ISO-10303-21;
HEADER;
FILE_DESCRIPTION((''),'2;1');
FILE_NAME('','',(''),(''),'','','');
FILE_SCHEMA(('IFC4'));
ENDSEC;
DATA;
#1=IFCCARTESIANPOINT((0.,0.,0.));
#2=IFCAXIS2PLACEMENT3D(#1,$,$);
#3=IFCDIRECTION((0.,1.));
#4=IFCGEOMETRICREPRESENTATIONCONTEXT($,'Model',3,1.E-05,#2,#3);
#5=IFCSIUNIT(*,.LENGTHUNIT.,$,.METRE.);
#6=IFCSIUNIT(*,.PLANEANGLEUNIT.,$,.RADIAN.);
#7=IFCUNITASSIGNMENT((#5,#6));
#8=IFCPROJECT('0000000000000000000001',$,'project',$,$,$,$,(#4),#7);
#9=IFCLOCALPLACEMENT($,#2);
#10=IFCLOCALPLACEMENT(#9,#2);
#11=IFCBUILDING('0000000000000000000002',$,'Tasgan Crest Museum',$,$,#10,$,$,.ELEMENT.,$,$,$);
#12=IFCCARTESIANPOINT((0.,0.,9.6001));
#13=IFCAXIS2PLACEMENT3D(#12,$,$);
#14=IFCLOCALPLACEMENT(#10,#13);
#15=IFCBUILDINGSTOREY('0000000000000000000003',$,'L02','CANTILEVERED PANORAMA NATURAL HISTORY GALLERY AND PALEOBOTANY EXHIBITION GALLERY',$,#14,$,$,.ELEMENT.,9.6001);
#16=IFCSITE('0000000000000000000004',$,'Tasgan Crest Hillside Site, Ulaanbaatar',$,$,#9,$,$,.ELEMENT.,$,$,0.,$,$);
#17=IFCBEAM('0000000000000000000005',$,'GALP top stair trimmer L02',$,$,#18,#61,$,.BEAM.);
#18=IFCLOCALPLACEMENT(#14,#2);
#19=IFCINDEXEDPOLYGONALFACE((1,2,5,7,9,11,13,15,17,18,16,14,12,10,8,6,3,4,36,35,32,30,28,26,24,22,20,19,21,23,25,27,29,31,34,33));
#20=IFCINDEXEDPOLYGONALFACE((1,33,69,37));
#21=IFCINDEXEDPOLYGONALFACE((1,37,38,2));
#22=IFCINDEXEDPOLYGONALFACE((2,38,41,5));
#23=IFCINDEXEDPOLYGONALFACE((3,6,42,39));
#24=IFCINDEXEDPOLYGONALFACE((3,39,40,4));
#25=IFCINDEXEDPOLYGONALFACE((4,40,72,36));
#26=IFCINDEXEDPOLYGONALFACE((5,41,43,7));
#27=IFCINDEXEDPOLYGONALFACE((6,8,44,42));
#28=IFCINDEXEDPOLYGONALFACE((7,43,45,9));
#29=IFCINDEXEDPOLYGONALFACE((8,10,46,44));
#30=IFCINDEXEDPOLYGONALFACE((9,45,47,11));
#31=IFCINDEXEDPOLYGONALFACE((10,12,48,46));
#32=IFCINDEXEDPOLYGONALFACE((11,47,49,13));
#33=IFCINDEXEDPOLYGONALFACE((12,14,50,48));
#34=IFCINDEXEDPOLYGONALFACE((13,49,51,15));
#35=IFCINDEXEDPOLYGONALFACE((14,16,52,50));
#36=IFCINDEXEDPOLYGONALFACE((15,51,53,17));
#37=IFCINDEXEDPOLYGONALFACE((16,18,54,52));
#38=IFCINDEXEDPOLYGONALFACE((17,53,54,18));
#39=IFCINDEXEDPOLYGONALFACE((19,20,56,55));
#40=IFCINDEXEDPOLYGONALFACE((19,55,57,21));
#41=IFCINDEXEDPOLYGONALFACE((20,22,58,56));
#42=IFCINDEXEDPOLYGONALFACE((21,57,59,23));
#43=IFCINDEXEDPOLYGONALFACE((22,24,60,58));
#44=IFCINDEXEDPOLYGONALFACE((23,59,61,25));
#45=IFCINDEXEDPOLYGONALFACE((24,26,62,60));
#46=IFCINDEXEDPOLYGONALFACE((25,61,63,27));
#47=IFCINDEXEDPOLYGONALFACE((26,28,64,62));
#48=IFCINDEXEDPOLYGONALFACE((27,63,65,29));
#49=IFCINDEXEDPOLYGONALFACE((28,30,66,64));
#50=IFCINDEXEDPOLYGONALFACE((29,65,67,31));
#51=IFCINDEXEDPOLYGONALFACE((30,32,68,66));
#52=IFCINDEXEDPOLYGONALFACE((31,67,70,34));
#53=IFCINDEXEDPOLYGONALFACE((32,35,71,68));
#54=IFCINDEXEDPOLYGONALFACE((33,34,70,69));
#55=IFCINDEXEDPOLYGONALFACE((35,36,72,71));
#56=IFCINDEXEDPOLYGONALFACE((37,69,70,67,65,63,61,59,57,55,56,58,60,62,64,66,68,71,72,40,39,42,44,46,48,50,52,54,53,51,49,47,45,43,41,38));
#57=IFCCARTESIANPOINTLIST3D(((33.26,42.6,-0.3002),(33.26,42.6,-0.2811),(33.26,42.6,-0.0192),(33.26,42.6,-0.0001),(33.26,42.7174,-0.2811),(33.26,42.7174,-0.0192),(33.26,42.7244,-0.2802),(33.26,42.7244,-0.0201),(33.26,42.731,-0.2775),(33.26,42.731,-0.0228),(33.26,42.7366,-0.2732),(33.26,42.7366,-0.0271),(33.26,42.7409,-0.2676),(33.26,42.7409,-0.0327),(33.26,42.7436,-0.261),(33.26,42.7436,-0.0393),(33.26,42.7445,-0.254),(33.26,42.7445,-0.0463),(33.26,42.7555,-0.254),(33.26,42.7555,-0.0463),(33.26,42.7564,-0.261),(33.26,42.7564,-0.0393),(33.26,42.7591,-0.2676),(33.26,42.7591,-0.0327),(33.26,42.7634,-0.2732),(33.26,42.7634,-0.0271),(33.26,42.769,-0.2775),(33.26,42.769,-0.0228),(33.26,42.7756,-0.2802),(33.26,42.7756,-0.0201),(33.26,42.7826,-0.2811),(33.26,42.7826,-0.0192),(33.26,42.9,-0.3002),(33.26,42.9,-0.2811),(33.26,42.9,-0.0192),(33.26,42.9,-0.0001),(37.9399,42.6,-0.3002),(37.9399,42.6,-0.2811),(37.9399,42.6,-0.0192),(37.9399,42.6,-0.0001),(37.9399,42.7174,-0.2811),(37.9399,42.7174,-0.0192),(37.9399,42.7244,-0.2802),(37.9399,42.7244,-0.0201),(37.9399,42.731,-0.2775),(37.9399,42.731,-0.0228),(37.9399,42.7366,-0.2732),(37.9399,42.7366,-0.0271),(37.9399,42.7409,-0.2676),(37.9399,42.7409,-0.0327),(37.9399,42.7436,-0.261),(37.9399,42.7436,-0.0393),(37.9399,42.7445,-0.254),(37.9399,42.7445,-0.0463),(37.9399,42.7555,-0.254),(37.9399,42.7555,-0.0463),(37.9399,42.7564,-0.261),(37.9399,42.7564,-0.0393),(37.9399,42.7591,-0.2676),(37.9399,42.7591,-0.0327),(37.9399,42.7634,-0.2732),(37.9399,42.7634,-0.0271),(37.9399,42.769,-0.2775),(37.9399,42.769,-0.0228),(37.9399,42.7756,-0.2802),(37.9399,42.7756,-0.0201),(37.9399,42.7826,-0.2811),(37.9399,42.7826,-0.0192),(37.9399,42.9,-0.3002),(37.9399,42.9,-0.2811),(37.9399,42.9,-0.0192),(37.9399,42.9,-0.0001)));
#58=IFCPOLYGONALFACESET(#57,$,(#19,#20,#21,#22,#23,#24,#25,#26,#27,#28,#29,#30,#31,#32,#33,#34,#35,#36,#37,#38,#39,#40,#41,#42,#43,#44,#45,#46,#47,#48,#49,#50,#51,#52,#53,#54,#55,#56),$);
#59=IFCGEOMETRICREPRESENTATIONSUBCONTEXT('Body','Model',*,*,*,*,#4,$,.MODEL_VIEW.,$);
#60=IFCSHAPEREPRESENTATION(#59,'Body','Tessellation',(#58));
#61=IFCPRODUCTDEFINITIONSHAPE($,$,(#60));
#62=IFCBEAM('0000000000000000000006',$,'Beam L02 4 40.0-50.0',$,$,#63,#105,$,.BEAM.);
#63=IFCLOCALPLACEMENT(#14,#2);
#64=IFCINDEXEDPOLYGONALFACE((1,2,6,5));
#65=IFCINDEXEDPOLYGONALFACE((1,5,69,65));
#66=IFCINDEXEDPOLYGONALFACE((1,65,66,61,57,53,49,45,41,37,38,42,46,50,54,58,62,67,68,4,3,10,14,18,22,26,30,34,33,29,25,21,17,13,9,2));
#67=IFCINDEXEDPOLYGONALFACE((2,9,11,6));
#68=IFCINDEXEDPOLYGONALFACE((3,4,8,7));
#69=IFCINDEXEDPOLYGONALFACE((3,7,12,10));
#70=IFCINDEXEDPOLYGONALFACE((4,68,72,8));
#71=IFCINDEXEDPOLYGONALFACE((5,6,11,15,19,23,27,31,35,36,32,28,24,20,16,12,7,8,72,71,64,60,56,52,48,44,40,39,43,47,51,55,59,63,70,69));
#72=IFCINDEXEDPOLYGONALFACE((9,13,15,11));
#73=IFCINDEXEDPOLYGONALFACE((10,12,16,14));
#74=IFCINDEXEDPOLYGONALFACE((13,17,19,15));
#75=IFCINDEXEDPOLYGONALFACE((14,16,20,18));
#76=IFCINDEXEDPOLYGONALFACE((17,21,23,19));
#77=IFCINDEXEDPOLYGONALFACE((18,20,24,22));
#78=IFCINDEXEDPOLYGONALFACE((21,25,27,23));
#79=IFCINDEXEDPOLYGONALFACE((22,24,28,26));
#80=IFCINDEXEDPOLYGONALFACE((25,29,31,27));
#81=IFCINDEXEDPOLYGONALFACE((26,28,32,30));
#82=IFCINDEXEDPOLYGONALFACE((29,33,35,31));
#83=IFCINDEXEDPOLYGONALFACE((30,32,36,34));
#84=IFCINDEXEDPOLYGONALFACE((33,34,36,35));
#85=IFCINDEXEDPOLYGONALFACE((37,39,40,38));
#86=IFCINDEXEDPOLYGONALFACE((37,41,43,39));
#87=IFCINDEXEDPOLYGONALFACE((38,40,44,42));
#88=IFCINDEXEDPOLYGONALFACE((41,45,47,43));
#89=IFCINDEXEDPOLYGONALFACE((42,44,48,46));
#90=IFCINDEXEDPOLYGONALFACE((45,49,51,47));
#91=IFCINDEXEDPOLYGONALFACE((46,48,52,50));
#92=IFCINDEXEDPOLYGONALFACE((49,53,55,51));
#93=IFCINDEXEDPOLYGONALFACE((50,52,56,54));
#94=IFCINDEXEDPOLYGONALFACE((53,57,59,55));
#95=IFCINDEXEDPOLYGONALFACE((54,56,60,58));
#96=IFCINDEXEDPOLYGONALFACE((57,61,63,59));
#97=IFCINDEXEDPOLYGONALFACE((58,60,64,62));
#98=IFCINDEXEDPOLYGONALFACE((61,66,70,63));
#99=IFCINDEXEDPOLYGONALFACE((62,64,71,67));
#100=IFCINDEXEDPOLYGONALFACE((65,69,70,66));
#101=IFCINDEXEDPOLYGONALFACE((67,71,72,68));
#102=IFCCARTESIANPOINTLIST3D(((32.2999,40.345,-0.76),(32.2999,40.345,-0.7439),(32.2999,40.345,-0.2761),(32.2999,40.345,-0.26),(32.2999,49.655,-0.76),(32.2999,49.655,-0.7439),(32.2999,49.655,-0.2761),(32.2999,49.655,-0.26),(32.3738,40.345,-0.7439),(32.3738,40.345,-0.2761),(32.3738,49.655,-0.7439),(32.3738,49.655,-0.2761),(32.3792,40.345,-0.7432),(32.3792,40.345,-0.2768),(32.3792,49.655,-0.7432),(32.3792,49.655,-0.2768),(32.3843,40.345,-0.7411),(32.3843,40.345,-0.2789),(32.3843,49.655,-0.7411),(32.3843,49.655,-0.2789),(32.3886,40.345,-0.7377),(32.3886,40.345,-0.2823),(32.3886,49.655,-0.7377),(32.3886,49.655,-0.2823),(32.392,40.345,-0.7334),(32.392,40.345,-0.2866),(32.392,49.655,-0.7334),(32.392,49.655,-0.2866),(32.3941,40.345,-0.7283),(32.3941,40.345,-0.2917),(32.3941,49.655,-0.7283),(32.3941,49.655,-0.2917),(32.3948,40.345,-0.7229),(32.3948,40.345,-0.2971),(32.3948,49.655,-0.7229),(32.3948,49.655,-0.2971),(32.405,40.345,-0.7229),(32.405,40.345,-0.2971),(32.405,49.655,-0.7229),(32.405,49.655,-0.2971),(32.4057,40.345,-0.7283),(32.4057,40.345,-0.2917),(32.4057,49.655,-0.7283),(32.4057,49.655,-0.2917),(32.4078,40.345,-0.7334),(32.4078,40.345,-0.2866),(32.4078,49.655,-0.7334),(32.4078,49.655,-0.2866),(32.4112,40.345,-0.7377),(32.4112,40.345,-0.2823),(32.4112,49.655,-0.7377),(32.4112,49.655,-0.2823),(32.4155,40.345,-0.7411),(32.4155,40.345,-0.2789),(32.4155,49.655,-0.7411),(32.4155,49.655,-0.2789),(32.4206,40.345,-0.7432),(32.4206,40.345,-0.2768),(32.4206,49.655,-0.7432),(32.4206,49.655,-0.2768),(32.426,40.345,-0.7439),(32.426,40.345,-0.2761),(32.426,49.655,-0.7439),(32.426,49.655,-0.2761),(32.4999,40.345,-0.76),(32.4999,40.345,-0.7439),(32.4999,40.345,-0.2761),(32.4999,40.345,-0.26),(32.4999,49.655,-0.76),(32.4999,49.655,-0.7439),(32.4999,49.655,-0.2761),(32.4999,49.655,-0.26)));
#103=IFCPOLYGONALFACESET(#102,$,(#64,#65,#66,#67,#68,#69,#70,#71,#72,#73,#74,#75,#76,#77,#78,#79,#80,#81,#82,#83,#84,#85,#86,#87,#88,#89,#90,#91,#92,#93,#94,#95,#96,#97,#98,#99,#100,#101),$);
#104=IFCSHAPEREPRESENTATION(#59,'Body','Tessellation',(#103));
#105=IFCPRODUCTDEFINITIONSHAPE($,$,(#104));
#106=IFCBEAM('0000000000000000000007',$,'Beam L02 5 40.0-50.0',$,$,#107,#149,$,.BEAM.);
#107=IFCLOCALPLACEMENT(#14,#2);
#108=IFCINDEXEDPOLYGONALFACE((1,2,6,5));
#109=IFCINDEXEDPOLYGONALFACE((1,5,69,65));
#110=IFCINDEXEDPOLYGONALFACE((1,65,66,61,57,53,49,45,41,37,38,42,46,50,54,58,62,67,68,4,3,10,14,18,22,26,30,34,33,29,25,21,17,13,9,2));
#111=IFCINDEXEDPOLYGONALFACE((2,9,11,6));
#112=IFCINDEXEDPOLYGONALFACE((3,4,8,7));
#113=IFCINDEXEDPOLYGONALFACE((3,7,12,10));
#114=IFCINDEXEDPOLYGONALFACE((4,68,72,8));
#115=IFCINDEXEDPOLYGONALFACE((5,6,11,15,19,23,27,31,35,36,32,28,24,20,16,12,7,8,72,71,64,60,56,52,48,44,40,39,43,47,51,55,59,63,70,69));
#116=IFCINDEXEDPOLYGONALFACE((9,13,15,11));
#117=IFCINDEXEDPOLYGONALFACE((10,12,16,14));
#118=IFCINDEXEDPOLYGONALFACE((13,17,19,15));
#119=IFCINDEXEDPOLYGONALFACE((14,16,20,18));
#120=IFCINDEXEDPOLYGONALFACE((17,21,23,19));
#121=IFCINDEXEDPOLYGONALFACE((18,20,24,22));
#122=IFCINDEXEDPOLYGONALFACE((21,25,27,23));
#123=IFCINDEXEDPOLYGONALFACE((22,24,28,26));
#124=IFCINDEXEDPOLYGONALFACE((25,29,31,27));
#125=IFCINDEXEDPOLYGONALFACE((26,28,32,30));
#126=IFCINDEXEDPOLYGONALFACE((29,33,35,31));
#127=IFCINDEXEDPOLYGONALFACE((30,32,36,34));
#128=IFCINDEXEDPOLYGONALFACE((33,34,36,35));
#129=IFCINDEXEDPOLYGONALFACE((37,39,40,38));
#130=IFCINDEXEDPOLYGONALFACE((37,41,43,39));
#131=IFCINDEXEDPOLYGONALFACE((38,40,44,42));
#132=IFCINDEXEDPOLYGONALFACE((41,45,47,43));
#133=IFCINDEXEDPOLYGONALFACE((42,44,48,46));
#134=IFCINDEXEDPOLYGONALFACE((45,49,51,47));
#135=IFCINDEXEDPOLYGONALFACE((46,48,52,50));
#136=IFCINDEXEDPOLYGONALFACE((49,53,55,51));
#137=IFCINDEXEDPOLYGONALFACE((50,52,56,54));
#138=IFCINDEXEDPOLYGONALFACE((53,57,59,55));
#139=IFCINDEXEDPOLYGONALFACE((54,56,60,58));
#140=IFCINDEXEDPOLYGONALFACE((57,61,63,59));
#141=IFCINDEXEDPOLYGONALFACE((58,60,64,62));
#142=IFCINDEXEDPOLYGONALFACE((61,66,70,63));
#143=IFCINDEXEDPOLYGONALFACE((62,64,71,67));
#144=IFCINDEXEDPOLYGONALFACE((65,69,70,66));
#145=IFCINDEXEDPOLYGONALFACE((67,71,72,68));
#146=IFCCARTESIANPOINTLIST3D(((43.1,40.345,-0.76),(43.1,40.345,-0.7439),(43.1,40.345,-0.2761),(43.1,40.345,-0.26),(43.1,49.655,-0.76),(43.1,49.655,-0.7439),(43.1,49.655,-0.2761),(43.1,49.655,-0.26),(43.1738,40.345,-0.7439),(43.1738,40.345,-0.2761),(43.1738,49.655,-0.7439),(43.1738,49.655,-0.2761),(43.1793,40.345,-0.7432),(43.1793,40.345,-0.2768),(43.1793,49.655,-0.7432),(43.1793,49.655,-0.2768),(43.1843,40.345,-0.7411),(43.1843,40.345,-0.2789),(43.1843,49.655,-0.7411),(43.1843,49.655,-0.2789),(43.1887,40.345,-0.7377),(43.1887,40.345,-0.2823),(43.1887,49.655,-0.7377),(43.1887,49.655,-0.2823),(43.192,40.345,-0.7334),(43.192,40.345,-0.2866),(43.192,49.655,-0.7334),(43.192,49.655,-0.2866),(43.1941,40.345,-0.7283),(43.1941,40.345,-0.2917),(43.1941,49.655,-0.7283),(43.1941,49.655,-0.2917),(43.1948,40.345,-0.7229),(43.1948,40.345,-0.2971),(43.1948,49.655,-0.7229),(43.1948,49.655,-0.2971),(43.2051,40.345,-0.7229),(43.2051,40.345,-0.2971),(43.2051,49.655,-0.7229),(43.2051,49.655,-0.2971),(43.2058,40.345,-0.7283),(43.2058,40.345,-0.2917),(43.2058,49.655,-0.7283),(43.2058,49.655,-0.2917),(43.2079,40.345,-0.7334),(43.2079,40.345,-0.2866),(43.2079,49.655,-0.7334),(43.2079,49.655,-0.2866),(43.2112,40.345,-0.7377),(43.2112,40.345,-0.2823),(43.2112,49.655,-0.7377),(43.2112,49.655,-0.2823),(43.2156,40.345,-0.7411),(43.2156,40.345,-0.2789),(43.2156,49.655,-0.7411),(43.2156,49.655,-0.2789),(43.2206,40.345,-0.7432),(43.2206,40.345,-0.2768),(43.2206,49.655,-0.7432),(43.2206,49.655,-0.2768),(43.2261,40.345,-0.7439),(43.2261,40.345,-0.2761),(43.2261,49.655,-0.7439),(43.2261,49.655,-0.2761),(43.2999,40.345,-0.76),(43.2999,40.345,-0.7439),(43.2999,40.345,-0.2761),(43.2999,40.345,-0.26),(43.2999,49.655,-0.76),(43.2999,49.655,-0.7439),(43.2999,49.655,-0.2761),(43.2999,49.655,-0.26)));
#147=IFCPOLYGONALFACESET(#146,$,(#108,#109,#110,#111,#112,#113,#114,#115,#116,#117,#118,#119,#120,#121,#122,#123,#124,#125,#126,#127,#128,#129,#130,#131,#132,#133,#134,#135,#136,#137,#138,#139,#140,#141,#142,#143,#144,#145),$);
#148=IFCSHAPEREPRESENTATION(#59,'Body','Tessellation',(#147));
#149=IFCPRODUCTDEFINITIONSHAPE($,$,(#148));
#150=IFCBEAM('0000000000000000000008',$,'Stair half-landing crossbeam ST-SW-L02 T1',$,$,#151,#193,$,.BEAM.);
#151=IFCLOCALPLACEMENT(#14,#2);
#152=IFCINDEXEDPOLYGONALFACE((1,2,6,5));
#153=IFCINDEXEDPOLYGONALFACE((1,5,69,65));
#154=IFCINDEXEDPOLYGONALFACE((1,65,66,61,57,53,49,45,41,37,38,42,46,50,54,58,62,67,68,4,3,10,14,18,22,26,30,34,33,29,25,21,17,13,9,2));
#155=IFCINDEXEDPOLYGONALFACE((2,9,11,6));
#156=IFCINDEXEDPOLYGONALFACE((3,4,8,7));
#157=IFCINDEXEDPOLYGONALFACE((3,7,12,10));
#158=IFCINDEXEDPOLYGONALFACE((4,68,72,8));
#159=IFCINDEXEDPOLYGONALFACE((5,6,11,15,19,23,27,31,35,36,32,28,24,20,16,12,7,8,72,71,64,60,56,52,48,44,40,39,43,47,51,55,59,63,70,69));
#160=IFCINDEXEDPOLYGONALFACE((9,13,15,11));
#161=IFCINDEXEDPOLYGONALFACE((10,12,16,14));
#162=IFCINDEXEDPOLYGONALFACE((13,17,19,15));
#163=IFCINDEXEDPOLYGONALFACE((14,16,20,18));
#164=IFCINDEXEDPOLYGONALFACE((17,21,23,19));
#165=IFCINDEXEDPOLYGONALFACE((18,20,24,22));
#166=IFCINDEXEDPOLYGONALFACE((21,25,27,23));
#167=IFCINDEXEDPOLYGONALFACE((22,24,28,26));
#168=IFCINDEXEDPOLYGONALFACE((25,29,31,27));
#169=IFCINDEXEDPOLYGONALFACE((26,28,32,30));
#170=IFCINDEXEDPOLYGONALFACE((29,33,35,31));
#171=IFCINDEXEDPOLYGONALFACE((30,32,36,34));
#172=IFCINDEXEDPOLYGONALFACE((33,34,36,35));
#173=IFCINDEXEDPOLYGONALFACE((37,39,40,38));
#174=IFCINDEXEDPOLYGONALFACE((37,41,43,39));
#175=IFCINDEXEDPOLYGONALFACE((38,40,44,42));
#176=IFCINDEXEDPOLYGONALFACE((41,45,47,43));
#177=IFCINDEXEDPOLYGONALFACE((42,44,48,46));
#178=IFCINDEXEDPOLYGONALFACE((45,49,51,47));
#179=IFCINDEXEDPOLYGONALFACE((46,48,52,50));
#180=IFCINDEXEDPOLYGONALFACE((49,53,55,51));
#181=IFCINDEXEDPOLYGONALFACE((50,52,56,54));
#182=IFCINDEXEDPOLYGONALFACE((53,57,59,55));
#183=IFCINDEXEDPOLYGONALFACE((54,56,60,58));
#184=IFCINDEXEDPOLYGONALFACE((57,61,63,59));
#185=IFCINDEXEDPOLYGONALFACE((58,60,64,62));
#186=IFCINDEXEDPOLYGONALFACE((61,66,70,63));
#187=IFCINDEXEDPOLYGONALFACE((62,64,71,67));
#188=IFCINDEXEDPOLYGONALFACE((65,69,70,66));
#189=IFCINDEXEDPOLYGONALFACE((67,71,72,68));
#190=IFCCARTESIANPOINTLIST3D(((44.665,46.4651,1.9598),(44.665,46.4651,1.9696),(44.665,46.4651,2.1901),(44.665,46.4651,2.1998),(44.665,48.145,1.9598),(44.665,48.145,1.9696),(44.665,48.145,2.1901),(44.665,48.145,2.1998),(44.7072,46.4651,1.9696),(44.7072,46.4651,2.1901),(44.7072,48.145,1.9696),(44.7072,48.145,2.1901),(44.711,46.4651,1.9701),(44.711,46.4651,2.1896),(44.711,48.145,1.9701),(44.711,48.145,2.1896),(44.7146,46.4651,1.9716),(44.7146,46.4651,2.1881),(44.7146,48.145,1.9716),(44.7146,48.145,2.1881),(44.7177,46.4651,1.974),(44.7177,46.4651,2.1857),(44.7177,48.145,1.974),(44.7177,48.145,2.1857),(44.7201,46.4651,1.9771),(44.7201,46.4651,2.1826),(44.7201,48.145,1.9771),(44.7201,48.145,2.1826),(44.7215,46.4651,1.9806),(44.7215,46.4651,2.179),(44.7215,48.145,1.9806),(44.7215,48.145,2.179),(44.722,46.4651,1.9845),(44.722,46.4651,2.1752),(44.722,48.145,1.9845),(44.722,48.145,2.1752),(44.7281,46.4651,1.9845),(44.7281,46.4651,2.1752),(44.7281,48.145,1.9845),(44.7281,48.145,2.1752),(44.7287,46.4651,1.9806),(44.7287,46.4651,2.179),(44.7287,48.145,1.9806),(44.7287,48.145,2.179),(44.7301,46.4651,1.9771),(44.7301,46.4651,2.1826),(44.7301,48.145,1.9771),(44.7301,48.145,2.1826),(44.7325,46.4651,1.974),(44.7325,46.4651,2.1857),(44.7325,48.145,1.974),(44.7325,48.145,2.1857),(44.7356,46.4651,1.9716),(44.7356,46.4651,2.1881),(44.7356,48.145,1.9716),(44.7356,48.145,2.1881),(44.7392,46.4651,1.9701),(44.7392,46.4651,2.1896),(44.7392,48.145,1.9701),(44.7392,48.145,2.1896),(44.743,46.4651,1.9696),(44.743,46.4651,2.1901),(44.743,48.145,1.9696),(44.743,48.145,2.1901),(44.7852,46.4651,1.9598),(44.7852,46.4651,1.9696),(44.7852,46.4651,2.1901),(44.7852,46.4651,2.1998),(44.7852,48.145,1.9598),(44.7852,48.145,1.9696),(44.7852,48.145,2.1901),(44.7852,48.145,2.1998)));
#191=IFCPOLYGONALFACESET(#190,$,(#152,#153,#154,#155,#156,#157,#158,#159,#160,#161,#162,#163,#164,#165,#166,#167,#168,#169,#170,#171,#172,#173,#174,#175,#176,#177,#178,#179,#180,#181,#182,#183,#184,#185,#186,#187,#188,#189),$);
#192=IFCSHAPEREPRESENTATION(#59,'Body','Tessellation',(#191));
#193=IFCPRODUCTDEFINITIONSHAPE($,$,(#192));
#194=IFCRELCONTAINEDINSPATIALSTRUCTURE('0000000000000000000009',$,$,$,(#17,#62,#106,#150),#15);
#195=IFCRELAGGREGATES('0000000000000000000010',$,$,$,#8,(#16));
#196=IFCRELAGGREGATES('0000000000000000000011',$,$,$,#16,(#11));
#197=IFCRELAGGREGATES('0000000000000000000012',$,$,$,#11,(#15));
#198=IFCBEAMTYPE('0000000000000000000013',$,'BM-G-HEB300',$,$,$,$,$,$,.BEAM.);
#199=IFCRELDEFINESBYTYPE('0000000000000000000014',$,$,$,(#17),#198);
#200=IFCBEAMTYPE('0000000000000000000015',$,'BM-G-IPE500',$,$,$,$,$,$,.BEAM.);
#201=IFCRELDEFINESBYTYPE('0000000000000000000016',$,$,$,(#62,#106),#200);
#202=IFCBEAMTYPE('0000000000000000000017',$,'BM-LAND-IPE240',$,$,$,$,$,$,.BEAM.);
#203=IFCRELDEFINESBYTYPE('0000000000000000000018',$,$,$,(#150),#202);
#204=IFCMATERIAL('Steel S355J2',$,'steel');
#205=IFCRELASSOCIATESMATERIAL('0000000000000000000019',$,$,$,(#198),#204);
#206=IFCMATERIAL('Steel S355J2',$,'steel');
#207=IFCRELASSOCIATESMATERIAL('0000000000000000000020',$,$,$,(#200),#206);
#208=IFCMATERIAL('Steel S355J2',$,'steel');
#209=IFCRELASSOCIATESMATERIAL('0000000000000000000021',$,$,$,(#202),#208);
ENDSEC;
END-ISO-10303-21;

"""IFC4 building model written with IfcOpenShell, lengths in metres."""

from ifc_helpers import new_model, si_unit, direction, frame, origin, origin_2d, place, context, subcontext, project, spatial, i_section, extrude, material, material_profile, profile_set, type_object, element, save


model = new_model("IFC4")

# Units and contexts
model_context = context("Model", 3, precision=1e-05, world=origin(), true_north=direction((0.0, 1.0)))
body_context = subcontext(model_context, "Body", "Model", "MODEL_VIEW")
ifc_project = project(units=[si_unit("LENGTHUNIT", "METRE"), si_unit("PLANEANGLEUNIT", "RADIAN")], contexts=[model_context])

# Site, building, storey
site_placement = place(None, origin())
site = spatial("IfcSite", under=ifc_project, at=site_placement, Name="Tasgan Crest Hillside Site, Ulaanbaatar", CompositionType="ELEMENT", RefElevation=0.0)
building_placement = place(site_placement, origin())
building = spatial("IfcBuilding", under=site, at=building_placement, Name="Tasgan Crest Museum", CompositionType="ELEMENT")
storey_placement = place(building_placement, frame((0.0, 0.0, 9.6001)))
storey = spatial("IfcBuildingStorey", under=building, at=storey_placement, Name="L02", Description="CANTILEVERED PANORAMA NATURAL HISTORY GALLERY AND PALEOBOTANY EXHIBITION GALLERY", CompositionType="ELEMENT", Elevation=9.6001)

# Beams
ifc_material_1 = material(Name="Steel S355J2", Category="steel")
ifc_material_profile_1 = material_profile(ifc_material_1, i_section(OverallWidth=0.3, OverallDepth=0.3, WebThickness=0.011, FlangeThickness=0.019, FilletRadius=0.0271, at=origin_2d()), Name="HEB 300")
ifc_profile_set_1 = profile_set([ifc_material_profile_1], Name="Steel S355J2")
beam_type_1 = type_object("IfcBeamType", Name="BM-G-HEB300", PredefinedType="BEAM", material=ifc_profile_set_1)
beam_1_placement = place(storey_placement, frame((33.26, 42.75, -0.1501), z_axis=(1.0, 0.0, 0.0), x_axis=(0.0, 1.0, 0.0)))
element("IfcBeam", 1, at=beam_1_placement, inside=storey, type_object=beam_type_1, Name="GALP top stair trimmer L02", PredefinedType="BEAM", context=body_context, shape_type="SweptSolid", body=[
    extrude(i_section(OverallWidth=0.3, OverallDepth=0.3, WebThickness=0.011, FlangeThickness=0.019, FilletRadius=0.0271, at=origin_2d()), origin(), (0.0, 0.0, 1.0), 4.6799),
])
ifc_material_2 = material(Name="Steel S355J2", Category="steel")
ifc_material_profile_2 = material_profile(ifc_material_2, i_section(OverallWidth=0.2, OverallDepth=0.5, WebThickness=0.0103, FlangeThickness=0.0161, FilletRadius=0.021, at=origin_2d()), Name="IPE 500")
ifc_profile_set_2 = profile_set([ifc_material_profile_2], Name="Steel S355J2")
beam_type_2 = type_object("IfcBeamType", Name="BM-G-IPE500", PredefinedType="BEAM", material=ifc_profile_set_2)
for number, where, z_axis, x_axis, name in (
    (2, (32.3999, 40.345, -0.51), (0.0, 1.0, 0.0), (-1.0, 0.0, 0.0), "Beam L02 4 40.0-50.0"),
    (3, (43.2, 40.345, -0.51), (0.0, 1.0, 0.0), (-1.0, 0.0, 0.0), "Beam L02 5 40.0-50.0"),
):
    element("IfcBeam", number, at=place(storey_placement, frame(where, z_axis=z_axis, x_axis=x_axis)), inside=storey, type_object=beam_type_2, Name=name, PredefinedType="BEAM", context=body_context, shape_type="SweptSolid", body=[
        extrude(i_section(OverallWidth=0.2, OverallDepth=0.5, WebThickness=0.0103, FlangeThickness=0.0161, FilletRadius=0.021, at=origin_2d()), origin(), (0.0, 0.0, 1.0), 9.3101),
    ])
ifc_material_3 = material(Name="Steel S355J2", Category="steel")
ifc_material_profile_3 = material_profile(ifc_material_3, i_section(OverallWidth=0.1201, OverallDepth=0.24, WebThickness=0.0061, FlangeThickness=0.0098, FilletRadius=0.0149, at=origin_2d()), Name="IPE 240")
ifc_profile_set_3 = profile_set([ifc_material_profile_3], Name="Steel S355J2")
beam_type_3 = type_object("IfcBeamType", Name="BM-LAND-IPE240", PredefinedType="BEAM", material=ifc_profile_set_3)
beam_2_placement = place(storey_placement, frame((44.7251, 46.4651, 2.0798), z_axis=(0.0, 1.0, 0.0), x_axis=(-1.0, 0.0, 0.0)))
element("IfcBeam", 4, at=beam_2_placement, inside=storey, type_object=beam_type_3, Name="Stair half-landing crossbeam ST-SW-L02 T1", PredefinedType="BEAM", context=body_context, shape_type="SweptSolid", body=[
    extrude(i_section(OverallWidth=0.1201, OverallDepth=0.24, WebThickness=0.0061, FlangeThickness=0.0098, FilletRadius=0.0149, at=origin_2d()), origin(), (0.0, 0.0, 1.0), 1.6799),
])

save(model, "model.ifc")
